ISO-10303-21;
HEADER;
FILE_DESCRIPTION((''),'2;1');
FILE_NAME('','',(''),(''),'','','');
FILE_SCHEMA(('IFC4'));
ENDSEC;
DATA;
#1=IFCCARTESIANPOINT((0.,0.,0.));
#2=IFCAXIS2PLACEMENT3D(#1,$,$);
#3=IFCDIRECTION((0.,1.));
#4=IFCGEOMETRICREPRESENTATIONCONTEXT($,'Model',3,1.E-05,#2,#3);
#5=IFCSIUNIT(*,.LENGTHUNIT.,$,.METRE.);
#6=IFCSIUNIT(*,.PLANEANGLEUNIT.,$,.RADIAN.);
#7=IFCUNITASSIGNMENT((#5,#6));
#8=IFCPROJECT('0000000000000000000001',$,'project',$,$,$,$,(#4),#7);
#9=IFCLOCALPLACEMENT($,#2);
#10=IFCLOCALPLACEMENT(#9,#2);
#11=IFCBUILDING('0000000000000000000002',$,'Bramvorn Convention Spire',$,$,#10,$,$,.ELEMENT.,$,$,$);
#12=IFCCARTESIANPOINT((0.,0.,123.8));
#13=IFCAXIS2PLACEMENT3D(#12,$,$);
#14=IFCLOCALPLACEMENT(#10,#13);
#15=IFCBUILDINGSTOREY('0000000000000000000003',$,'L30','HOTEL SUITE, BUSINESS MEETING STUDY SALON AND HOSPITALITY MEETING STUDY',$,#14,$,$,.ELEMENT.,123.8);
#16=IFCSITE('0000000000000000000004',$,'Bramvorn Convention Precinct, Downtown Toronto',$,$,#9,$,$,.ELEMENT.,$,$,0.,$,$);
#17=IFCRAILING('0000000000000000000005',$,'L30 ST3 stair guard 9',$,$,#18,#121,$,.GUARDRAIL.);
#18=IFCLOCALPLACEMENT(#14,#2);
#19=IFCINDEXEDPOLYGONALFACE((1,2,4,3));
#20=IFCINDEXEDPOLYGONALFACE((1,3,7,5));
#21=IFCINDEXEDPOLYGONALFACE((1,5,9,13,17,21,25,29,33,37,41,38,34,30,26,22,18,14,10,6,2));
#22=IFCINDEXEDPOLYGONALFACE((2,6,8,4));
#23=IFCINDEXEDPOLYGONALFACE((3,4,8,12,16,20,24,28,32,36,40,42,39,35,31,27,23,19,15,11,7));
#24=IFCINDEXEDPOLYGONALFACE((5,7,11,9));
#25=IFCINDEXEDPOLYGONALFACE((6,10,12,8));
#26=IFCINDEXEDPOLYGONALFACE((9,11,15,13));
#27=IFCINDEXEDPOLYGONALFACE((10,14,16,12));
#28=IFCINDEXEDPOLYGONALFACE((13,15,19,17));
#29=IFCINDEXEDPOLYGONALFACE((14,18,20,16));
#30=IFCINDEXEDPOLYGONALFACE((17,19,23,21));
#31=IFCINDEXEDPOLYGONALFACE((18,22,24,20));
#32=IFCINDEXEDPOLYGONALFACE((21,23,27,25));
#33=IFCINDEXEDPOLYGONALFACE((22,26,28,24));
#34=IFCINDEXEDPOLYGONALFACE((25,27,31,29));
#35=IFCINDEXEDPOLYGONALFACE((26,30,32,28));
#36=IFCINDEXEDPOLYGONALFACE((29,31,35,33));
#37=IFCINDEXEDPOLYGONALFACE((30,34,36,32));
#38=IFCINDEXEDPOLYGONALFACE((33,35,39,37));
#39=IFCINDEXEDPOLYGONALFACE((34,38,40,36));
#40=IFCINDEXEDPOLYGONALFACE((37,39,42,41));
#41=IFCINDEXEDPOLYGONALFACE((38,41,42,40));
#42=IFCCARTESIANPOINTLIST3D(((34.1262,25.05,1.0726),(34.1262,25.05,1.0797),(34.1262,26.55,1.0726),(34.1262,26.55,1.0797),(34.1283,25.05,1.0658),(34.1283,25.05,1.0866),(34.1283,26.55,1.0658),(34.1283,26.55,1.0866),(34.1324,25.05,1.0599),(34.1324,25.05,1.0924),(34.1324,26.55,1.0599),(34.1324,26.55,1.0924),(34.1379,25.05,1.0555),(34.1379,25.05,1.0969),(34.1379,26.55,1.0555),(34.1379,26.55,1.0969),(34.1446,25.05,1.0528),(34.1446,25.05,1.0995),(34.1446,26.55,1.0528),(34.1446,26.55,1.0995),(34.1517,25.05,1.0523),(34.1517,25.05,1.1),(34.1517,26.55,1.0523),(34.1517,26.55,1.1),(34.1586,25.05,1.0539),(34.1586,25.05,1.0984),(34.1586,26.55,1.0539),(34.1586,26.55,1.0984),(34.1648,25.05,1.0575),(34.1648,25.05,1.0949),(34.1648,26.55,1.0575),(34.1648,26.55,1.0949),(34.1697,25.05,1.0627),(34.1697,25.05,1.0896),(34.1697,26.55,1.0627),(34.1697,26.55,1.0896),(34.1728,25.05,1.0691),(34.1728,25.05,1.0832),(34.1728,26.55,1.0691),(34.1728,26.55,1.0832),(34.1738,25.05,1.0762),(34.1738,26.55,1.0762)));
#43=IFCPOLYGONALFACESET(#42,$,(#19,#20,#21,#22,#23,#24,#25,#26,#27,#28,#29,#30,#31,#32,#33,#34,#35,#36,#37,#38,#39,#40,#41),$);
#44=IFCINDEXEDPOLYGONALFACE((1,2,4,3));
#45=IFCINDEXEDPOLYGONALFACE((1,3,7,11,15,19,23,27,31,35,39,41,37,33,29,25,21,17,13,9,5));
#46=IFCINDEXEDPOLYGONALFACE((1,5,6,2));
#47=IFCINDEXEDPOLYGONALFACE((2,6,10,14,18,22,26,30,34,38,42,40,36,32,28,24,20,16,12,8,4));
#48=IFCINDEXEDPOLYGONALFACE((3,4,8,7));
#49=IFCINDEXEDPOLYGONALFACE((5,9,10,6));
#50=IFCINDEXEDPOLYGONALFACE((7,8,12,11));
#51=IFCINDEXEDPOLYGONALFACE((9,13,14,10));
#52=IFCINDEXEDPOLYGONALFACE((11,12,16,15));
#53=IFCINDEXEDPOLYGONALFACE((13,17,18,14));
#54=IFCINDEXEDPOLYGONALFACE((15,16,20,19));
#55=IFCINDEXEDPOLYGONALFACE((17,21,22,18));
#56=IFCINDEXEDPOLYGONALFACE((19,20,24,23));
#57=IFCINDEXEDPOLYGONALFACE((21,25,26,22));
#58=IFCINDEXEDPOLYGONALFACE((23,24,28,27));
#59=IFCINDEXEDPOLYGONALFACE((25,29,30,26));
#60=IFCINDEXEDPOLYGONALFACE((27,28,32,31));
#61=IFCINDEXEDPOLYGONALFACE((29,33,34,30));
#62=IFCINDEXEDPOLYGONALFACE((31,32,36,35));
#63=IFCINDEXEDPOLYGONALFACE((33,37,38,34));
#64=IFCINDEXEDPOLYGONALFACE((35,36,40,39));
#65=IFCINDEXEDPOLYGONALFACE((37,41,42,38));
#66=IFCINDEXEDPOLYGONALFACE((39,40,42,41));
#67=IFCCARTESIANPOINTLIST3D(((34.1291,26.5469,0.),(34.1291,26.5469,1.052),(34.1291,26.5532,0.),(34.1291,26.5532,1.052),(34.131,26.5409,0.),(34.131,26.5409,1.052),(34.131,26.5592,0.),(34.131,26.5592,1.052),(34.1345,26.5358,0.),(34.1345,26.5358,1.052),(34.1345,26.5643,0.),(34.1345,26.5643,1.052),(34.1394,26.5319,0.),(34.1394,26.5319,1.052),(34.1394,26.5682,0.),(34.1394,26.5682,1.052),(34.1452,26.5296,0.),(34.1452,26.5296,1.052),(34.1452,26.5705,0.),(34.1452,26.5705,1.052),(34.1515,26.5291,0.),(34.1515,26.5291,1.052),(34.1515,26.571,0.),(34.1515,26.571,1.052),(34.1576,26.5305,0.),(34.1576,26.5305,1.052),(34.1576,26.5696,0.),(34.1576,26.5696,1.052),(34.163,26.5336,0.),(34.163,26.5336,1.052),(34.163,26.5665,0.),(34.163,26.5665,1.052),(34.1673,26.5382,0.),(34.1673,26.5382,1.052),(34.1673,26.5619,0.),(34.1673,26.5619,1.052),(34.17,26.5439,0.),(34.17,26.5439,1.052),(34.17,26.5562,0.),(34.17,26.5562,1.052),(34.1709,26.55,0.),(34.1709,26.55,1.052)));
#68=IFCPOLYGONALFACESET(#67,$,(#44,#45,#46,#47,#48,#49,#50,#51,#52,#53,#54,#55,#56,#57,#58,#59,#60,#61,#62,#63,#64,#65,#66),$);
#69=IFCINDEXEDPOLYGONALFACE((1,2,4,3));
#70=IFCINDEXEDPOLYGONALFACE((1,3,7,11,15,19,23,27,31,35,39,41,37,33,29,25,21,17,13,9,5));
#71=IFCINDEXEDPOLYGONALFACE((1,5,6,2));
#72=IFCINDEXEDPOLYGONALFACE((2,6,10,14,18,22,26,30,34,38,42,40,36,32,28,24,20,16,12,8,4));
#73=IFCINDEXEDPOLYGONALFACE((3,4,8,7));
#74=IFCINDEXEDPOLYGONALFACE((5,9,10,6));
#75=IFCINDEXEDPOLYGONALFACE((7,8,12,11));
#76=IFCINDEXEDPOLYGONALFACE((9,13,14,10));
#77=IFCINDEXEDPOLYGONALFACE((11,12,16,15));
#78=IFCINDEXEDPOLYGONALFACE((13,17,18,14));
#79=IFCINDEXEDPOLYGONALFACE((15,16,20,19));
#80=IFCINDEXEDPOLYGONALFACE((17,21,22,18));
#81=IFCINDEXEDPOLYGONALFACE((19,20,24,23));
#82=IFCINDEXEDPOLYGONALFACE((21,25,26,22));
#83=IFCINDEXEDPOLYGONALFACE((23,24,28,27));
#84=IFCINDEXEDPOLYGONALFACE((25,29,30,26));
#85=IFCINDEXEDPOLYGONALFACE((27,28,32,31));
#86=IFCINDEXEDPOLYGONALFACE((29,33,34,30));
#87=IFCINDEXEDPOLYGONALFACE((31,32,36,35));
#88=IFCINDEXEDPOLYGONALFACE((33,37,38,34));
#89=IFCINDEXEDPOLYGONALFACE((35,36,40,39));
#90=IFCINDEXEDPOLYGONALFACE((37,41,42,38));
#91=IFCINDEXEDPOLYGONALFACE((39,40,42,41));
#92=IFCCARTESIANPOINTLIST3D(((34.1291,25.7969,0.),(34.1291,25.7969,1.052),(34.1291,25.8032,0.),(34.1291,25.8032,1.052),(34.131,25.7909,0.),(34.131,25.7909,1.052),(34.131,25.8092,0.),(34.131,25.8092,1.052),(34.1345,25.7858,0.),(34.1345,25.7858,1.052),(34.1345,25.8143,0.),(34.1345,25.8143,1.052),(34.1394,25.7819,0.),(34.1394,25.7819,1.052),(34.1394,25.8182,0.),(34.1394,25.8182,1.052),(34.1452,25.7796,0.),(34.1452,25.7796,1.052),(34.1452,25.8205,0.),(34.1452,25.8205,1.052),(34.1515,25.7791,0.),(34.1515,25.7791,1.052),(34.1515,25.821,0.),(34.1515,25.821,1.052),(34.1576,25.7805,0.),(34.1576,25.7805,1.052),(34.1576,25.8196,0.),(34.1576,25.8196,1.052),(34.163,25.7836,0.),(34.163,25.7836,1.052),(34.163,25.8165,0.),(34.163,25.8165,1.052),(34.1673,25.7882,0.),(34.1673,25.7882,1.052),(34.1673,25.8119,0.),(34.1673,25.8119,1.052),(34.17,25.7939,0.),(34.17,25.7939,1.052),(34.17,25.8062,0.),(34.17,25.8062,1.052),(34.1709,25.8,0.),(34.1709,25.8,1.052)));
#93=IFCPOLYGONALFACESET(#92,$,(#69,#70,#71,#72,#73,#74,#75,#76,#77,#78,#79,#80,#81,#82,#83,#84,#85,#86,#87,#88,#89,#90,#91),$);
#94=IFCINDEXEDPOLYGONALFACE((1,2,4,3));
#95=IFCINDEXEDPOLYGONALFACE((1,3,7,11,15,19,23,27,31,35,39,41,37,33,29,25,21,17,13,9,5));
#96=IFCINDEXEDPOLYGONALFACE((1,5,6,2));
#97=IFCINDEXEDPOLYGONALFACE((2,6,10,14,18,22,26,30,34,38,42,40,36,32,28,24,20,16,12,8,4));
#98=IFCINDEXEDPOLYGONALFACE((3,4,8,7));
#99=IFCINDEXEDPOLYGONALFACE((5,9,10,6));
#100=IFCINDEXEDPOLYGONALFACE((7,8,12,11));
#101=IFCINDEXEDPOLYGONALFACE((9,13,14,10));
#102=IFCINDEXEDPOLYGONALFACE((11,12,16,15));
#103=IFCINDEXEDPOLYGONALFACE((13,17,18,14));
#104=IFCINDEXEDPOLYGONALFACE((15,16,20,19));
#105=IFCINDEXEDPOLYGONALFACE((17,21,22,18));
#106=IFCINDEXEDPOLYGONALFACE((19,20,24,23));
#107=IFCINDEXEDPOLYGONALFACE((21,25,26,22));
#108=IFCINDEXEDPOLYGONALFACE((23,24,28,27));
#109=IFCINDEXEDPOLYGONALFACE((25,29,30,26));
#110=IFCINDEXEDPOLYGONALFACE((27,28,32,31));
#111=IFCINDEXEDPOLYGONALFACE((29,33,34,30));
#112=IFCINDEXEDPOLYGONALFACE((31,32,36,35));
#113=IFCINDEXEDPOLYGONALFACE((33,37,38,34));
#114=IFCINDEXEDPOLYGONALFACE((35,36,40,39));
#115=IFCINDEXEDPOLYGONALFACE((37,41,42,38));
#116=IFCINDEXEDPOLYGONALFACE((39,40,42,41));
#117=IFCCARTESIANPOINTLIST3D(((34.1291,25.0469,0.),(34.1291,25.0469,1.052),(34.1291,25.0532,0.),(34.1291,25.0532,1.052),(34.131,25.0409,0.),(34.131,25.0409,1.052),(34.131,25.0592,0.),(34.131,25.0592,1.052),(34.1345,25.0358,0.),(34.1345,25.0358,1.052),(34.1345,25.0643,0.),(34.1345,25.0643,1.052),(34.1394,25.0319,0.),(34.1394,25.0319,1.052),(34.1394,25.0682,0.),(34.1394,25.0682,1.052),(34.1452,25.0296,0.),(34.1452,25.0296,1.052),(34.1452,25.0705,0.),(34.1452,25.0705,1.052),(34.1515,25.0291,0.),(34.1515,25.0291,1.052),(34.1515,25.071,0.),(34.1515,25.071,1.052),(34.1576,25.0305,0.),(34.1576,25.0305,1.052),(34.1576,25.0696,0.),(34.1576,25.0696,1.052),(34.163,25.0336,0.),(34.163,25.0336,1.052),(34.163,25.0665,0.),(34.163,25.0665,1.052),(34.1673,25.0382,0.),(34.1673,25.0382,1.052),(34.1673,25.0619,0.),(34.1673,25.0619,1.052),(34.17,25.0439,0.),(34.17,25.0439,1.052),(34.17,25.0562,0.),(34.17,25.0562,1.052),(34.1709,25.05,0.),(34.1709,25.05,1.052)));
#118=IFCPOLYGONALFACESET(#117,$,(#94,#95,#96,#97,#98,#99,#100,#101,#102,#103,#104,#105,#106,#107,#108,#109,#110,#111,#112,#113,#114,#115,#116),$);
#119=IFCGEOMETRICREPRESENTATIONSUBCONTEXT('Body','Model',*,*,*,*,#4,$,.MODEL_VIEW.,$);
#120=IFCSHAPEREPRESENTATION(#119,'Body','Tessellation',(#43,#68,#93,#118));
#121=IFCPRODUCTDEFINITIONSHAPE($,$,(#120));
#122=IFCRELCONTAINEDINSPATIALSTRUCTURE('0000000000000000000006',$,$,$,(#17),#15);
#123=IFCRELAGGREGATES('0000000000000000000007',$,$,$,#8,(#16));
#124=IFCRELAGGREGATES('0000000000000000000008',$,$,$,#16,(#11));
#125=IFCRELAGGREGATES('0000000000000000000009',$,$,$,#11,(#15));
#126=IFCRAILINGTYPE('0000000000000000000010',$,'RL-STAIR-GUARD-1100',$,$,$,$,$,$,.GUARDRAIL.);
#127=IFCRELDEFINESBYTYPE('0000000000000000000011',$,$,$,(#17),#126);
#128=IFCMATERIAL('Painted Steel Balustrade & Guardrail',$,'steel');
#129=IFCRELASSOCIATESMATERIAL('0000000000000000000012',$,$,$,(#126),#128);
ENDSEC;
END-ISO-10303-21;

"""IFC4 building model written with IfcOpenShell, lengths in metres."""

from ifc_helpers import new_model, si_unit, direction, frame, origin, origin_2d, place, context, subcontext, project, spatial, circle, extrude, material, type_object, element, save


model = new_model("IFC4")

# Units and contexts
model_context = context("Model", 3, precision=1e-05, world=origin(), true_north=direction((0.0, 1.0)))
body_context = subcontext(model_context, "Body", "Model", "MODEL_VIEW")
ifc_project = project(units=[si_unit("LENGTHUNIT", "METRE"), si_unit("PLANEANGLEUNIT", "RADIAN")], contexts=[model_context])

# Site, building, storey
site_placement = place(None, origin())
site = spatial("IfcSite", under=ifc_project, at=site_placement, Name="Bramvorn Convention Precinct, Downtown Toronto", CompositionType="ELEMENT", RefElevation=0.0)
building_placement = place(site_placement, origin())
building = spatial("IfcBuilding", under=site, at=building_placement, Name="Bramvorn Convention Spire", CompositionType="ELEMENT")
storey_placement = place(building_placement, frame((0.0, 0.0, 123.8)))
storey = spatial("IfcBuildingStorey", under=building, at=storey_placement, Name="L30", Description="HOTEL SUITE, BUSINESS MEETING STUDY SALON AND HOSPITALITY MEETING STUDY", CompositionType="ELEMENT", Elevation=123.8)

# Railing
ifc_material_1 = material(Name="Painted Steel Balustrade & Guardrail", Category="steel")
railing_type_1 = type_object("IfcRailingType", Name="RL-STAIR-GUARD-1100", PredefinedType="GUARDRAIL", material=ifc_material_1)
for number, where, name in (
    (1, (34.1499, 26.55, 0.0), "L30 ST3 stair guard 9"),
):
    element("IfcRailing", number, at=place(storey_placement, frame(where)), inside=storey, type_object=railing_type_1, Name=name, PredefinedType="GUARDRAIL", context=body_context, shape_type="SweptSolid", body=[
        extrude(circle(Radius=0.0239, at=origin_2d()), frame((0.0, 0.0, 1.0762), z_axis=(0.0, -1.0, 0.0), x_axis=(1.0, 0.0, 0.0)), (0.0, 0.0, 1.0), 1.5),
        extrude(circle(Radius=0.021, at=origin_2d()), origin(), (0.0, 0.0, 1.0), 1.052),
        extrude(circle(Radius=0.021, at=origin_2d()), frame((0.0, -0.75, 0.0)), (0.0, 0.0, 1.0), 1.052),
        extrude(circle(Radius=0.021, at=origin_2d()), frame((0.0, -1.5, 0.0)), (0.0, 0.0, 1.0), 1.052),
    ])

save(model, "model.ifc")
